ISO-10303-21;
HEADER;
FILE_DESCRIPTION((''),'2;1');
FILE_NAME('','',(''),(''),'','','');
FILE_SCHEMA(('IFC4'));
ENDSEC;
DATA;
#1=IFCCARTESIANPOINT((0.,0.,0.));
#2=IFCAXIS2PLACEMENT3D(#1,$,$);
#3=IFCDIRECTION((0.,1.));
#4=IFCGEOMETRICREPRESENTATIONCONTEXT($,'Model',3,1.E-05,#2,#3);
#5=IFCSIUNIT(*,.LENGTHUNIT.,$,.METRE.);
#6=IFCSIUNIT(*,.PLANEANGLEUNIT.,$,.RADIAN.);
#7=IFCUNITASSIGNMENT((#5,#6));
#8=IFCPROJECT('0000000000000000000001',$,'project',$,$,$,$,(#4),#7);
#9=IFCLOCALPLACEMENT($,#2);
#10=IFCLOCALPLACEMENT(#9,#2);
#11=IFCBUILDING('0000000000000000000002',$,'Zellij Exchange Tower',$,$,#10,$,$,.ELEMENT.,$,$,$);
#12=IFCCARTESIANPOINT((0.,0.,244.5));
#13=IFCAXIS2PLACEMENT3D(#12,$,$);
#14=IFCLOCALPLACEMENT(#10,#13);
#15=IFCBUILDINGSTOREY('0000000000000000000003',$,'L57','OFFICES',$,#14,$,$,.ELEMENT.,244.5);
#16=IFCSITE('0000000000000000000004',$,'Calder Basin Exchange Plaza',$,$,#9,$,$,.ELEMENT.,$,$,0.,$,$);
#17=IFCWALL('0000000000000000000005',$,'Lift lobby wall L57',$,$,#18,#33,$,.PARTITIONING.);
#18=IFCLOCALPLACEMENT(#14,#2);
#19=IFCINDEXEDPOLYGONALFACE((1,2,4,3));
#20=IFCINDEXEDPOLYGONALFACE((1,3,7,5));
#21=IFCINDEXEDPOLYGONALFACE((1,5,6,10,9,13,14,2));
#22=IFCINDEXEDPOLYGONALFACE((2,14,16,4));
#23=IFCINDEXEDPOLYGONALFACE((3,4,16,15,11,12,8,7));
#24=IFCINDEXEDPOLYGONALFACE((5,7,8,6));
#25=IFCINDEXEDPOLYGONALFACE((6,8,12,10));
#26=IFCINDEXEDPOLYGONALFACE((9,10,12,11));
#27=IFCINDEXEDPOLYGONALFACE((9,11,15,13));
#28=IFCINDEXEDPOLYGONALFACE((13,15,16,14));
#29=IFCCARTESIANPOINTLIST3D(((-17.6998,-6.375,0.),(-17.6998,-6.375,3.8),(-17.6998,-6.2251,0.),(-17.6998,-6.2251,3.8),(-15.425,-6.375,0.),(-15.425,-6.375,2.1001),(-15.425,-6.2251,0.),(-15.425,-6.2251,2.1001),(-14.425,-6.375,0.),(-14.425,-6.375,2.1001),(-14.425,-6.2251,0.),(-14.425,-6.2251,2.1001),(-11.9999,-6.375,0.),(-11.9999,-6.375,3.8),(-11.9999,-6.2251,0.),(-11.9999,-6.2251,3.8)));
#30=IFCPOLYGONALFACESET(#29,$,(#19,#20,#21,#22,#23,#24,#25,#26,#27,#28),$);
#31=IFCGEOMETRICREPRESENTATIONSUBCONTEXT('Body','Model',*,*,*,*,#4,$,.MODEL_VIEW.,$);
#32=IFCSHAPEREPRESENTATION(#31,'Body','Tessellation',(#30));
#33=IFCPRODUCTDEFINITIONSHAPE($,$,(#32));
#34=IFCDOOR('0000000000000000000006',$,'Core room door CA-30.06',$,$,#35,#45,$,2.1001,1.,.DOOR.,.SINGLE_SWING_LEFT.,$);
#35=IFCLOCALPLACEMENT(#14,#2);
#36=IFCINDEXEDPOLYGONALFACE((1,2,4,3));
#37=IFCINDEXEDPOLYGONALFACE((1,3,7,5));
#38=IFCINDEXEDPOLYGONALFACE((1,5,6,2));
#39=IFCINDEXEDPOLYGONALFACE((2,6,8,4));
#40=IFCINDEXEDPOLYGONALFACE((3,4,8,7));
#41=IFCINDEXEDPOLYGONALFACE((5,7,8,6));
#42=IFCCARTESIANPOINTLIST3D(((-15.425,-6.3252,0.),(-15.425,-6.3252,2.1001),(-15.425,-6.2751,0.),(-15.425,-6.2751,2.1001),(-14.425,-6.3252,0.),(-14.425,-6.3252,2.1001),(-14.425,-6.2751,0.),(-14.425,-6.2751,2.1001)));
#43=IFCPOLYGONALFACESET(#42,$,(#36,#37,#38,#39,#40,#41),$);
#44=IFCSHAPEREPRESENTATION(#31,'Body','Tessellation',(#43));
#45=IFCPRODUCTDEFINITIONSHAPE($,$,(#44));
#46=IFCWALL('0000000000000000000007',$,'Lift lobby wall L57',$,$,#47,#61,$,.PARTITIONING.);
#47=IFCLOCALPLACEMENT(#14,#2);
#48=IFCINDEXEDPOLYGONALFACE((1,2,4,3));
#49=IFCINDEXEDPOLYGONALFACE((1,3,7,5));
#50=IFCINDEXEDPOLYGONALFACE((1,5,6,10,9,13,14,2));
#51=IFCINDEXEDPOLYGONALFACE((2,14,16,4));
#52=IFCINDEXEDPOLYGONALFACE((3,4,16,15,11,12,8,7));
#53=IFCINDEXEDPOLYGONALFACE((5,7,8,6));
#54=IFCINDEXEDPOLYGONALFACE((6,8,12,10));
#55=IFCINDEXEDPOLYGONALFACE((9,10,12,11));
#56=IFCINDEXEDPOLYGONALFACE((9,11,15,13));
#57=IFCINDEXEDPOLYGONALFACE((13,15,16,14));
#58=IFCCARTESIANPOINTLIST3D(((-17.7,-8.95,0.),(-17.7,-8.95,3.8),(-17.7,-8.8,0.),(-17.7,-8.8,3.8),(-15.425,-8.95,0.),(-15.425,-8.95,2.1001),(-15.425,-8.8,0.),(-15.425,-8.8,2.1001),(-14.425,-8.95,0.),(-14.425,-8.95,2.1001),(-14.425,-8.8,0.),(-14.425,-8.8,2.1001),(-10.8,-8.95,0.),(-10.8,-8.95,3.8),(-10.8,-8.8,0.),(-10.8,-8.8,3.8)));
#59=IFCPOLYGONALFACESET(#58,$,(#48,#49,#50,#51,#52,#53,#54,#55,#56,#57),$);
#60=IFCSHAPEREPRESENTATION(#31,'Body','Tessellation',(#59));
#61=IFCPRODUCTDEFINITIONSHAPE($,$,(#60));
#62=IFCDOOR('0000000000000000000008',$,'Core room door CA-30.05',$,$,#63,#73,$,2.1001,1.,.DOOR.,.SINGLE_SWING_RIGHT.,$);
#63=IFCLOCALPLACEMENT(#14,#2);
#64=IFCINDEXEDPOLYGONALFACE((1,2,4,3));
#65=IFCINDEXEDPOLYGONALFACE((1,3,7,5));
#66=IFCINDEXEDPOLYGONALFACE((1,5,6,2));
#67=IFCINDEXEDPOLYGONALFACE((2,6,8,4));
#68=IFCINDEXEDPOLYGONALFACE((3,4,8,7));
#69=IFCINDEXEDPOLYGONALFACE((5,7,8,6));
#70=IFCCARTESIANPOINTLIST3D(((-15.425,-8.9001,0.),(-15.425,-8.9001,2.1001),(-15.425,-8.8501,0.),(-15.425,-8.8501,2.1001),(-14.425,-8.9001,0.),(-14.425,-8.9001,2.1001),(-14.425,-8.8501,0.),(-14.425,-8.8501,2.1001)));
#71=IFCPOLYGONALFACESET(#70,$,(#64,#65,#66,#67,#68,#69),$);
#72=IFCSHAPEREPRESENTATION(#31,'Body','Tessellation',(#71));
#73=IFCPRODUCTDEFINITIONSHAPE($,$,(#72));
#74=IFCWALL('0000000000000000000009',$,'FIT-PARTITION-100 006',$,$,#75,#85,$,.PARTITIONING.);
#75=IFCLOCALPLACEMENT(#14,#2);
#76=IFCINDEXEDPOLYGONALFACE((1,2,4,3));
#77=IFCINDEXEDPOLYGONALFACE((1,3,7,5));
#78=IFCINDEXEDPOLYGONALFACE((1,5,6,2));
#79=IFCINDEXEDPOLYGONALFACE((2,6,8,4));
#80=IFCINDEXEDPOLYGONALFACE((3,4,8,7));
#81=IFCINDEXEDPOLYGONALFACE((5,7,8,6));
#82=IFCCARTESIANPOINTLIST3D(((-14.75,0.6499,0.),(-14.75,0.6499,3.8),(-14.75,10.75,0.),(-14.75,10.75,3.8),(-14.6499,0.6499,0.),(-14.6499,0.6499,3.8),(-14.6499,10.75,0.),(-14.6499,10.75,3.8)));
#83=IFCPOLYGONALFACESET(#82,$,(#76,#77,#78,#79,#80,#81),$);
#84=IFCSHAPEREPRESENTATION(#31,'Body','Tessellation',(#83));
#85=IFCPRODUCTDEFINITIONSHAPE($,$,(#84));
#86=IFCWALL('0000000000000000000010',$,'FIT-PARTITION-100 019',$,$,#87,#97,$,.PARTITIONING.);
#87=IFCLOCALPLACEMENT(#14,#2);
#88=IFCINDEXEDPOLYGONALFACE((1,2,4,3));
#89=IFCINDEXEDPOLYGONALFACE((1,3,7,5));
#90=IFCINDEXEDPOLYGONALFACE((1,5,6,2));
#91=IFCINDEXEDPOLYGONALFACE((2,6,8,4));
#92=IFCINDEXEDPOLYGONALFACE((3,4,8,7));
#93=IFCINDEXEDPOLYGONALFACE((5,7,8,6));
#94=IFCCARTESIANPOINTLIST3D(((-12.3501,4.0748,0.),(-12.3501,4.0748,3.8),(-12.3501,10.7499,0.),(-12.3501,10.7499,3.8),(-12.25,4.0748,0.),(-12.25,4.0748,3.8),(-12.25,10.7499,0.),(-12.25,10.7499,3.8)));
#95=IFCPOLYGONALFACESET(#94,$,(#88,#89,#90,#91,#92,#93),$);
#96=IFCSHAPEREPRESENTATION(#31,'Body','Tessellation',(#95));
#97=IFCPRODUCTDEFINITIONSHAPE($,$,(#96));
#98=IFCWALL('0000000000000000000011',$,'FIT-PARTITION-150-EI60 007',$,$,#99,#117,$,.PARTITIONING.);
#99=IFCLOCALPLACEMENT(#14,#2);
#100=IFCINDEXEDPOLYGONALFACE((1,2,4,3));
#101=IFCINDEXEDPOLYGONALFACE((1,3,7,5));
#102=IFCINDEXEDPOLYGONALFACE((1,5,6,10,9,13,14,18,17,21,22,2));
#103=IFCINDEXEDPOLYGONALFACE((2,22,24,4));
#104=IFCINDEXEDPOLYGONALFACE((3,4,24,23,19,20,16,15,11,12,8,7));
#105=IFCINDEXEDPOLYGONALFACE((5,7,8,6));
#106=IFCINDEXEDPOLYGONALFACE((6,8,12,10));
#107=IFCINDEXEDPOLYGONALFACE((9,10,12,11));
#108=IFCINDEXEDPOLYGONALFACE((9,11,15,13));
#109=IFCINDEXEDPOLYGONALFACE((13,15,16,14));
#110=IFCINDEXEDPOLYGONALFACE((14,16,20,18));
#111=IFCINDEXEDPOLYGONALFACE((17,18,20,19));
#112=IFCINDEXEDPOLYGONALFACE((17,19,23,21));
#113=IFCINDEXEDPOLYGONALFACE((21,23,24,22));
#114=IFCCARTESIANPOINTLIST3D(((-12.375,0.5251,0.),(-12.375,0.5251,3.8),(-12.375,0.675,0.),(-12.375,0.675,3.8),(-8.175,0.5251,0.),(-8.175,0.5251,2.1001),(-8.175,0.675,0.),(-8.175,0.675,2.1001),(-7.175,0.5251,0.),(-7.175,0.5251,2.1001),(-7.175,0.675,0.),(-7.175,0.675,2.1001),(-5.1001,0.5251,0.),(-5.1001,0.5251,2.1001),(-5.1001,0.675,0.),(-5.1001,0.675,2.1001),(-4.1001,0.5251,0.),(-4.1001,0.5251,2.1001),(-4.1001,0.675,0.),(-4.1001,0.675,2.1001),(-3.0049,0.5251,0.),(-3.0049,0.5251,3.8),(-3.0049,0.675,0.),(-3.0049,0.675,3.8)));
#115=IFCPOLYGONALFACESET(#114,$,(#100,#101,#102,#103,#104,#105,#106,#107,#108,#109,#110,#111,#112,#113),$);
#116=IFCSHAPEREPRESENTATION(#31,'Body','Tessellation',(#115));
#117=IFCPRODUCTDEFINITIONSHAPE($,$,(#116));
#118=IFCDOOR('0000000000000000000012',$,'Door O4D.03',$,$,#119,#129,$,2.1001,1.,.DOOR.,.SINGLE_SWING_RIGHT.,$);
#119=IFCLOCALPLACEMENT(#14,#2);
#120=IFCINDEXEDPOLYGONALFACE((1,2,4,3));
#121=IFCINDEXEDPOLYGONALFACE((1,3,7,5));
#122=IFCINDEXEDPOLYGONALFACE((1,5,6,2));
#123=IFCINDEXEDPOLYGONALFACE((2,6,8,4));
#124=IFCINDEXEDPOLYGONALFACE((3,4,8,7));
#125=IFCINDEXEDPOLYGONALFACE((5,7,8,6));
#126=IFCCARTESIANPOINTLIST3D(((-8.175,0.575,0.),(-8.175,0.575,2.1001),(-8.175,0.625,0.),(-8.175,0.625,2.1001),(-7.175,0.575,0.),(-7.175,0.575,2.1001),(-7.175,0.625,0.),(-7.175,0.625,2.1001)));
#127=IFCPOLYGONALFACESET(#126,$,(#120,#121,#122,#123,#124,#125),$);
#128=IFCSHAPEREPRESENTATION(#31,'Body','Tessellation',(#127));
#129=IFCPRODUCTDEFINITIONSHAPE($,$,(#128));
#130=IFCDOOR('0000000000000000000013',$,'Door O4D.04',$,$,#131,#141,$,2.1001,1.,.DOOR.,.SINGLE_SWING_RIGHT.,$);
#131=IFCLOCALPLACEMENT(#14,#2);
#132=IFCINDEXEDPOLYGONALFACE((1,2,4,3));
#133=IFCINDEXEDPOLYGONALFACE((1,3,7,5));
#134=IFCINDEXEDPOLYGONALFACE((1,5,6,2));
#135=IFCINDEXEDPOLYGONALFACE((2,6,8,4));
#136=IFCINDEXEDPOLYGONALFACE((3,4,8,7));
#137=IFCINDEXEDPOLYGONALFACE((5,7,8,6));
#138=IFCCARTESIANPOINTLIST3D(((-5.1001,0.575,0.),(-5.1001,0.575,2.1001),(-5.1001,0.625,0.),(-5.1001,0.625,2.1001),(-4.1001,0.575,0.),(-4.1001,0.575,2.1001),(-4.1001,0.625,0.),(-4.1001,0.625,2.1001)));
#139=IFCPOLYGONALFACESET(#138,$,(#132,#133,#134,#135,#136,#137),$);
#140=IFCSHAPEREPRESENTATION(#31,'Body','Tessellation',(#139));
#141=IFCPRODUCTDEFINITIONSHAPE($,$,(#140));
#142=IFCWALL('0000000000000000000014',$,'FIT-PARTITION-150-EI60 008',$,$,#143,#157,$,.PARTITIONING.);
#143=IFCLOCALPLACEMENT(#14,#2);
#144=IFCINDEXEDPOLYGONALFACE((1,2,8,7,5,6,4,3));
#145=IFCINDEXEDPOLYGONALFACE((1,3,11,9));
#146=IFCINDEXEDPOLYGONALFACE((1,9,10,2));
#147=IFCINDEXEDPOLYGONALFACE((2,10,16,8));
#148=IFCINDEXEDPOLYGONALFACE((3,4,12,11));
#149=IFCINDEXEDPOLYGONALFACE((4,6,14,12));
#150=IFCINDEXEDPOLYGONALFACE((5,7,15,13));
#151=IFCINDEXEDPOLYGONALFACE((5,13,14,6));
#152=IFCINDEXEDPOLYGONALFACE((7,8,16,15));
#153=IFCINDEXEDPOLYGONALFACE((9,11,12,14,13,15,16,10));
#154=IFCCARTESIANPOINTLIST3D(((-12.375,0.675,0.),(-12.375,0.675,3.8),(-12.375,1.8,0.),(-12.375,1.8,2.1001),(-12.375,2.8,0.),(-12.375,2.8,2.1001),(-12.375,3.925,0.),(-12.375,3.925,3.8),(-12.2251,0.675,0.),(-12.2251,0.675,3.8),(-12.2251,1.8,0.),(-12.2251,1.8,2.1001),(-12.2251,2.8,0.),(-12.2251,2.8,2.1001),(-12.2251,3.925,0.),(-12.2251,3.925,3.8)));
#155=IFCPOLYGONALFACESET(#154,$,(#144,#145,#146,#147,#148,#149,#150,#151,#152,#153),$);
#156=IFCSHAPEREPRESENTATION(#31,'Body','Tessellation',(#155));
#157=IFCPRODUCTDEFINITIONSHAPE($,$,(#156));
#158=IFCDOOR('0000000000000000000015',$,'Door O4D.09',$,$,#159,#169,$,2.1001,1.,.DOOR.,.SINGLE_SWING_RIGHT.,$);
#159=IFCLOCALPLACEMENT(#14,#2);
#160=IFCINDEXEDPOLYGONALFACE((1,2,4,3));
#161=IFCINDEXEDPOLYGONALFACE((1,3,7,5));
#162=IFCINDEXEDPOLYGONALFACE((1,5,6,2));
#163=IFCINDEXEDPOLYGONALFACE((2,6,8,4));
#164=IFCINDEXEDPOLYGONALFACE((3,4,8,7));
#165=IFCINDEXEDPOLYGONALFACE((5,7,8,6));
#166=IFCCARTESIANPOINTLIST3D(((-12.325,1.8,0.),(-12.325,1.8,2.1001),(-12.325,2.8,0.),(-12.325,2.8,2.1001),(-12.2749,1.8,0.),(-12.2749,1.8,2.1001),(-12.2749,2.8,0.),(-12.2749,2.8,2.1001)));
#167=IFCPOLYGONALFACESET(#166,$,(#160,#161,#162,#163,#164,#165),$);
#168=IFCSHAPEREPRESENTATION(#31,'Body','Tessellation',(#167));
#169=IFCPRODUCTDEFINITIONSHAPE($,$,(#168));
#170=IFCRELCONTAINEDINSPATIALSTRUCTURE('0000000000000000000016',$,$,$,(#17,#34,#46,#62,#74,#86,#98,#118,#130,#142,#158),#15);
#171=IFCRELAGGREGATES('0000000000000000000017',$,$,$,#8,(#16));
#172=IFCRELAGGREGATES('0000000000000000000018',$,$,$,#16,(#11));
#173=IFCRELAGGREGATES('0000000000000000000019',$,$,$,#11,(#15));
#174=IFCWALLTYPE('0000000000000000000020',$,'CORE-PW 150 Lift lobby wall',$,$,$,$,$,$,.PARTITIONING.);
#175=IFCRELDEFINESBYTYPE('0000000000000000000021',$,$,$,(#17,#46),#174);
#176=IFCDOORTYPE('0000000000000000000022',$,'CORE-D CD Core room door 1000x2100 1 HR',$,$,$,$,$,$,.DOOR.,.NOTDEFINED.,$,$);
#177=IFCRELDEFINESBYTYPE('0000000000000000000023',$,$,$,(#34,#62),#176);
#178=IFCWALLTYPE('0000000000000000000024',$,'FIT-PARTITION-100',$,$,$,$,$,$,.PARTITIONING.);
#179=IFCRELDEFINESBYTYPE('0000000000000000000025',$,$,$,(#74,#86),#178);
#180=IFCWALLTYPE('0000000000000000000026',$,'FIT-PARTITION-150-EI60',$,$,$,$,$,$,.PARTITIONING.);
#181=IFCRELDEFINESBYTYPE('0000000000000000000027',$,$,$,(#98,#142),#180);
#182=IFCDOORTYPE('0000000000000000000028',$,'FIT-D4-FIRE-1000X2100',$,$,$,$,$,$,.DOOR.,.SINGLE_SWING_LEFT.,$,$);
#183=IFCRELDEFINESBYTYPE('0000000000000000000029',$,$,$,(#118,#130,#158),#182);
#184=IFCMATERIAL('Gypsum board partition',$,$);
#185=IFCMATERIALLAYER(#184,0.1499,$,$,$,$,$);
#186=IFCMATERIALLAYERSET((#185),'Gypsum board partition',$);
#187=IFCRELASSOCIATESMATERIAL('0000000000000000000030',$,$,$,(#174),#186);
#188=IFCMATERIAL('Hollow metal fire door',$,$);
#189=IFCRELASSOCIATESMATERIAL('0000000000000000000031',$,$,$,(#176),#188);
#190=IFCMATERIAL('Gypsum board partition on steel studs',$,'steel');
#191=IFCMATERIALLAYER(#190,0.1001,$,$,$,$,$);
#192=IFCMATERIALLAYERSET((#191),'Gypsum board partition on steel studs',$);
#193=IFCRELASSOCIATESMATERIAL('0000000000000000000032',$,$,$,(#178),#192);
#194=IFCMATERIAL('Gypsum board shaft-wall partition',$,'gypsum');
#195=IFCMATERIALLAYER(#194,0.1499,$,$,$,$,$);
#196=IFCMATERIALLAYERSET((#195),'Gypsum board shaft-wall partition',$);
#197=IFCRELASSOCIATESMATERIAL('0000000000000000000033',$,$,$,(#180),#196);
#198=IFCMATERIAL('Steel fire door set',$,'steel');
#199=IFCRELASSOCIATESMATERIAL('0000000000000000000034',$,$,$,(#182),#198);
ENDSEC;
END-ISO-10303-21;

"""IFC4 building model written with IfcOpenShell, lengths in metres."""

from ifc_helpers import new_model, si_unit, direction, frame, frame_2d, origin, place, context, subcontext, project, spatial, rectangle, extrude, material, layer, layer_set, type_object, element, fill, save


model = new_model("IFC4")

# Units and contexts
model_context = context("Model", 3, precision=1e-05, world=origin(), true_north=direction((0.0, 1.0)))
body_context = subcontext(model_context, "Body", "Model", "MODEL_VIEW")
ifc_project = project(units=[si_unit("LENGTHUNIT", "METRE"), si_unit("PLANEANGLEUNIT", "RADIAN")], contexts=[model_context])

# Site, building, storey
site_placement = place(None, origin())
site = spatial("IfcSite", under=ifc_project, at=site_placement, Name="Calder Basin Exchange Plaza", CompositionType="ELEMENT", RefElevation=0.0)
building_placement = place(site_placement, origin())
building = spatial("IfcBuilding", under=site, at=building_placement, Name="Zellij Exchange Tower", CompositionType="ELEMENT")
storey_placement = place(building_placement, frame((0.0, 0.0, 244.5)))
storey = spatial("IfcBuildingStorey", under=building, at=storey_placement, Name="L57", Description="OFFICES", CompositionType="ELEMENT", Elevation=244.5)

# Shared definitions
ifc_material_1 = material(Name="Gypsum board partition")
ifc_layer_1 = layer(ifc_material_1, 0.1499)
ifc_layer_set_1 = layer_set([ifc_layer_1], Name="Gypsum board partition")
wall_type_1 = type_object("IfcWallType", Name="CORE-PW 150 Lift lobby wall", PredefinedType="PARTITIONING", material=ifc_layer_set_1)

# Shared definitions
ifc_material_2 = material(Name="Hollow metal fire door")

# Walls, openings, doors
wall_1_placement = place(storey_placement, frame((-17.7, -6.3, 0.0), z_axis=(0.0, 0.0, 1.0), x_axis=(1.0, 0.0, 0.0)))
wall_1 = element("IfcWall", 1, at=wall_1_placement, inside=storey, type_object=wall_type_1, Name="Lift lobby wall L57", PredefinedType="PARTITIONING", context=body_context, shape_type="SweptSolid", body=[
    extrude(rectangle(XDim=5.7, YDim=0.1499, at=frame_2d((2.8501, 0.0))), origin(), (0.0, 0.0, 1.0), 3.8),
])
opening_1_placement = place(wall_1_placement, frame((2.2749, 0.0, 0.0)))
opening_1 = element("IfcOpeningElement", 2, at=opening_1_placement, cuts=wall_1, PredefinedType="OPENING", context=body_context, shape_type="SweptSolid", body=[
    extrude(rectangle(XDim=1.0, YDim=2.1001, at=frame_2d((0.5, 1.05))), frame((0.0, 0.0869, 0.0), z_axis=(0.0, -1.0, 0.0), x_axis=(1.0, 0.0, 0.0)), (0.0, 0.0, 1.0), 0.1738),
])
door_type_1 = type_object("IfcDoorType", Name="CORE-D CD Core room door 1000x2100 1 HR", OperationType="NOTDEFINED", PredefinedType="DOOR", material=ifc_material_2)
door_1_placement = place(opening_1_placement, origin())
door_1 = element("IfcDoor", 3, at=door_1_placement, inside=storey, type_object=door_type_1, Name="Core room door CA-30.06", OperationType="SINGLE_SWING_LEFT", OverallHeight=2.1001, OverallWidth=1.0, PredefinedType="DOOR", context=body_context, shape_type="SweptSolid", body=[
    extrude(rectangle(XDim=1.0, YDim=2.1001, at=frame_2d((0.5, 1.05))), frame((0.0, 0.0249, 0.0), z_axis=(0.0, -1.0, 0.0), x_axis=(1.0, 0.0, 0.0)), (0.0, 0.0, 1.0), 0.05),
])
fill(opening_1, door_1)
wall_2_placement = place(storey_placement, frame((-17.7, -8.875, 0.0), z_axis=(0.0, 0.0, 1.0), x_axis=(1.0, 0.0, 0.0)))
wall_2 = element("IfcWall", 4, at=wall_2_placement, inside=storey, type_object=wall_type_1, Name="Lift lobby wall L57", PredefinedType="PARTITIONING", context=body_context, shape_type="SweptSolid", body=[
    extrude(rectangle(XDim=6.8999, YDim=0.1499, at=frame_2d((3.45, 0.0))), origin(), (0.0, 0.0, 1.0), 3.8),
])
opening_2_placement = place(wall_2_placement, frame((2.2749, 0.0, 0.0)))
opening_2 = element("IfcOpeningElement", 5, at=opening_2_placement, cuts=wall_2, PredefinedType="OPENING", context=body_context, shape_type="SweptSolid", body=[
    extrude(rectangle(XDim=1.0, YDim=2.1001, at=frame_2d((0.5, 1.05))), frame((0.0, 0.0869, 0.0), z_axis=(0.0, -1.0, 0.0), x_axis=(1.0, 0.0, 0.0)), (0.0, 0.0, 1.0), 0.1738),
])
door_2_placement = place(opening_2_placement, origin())
door_2 = element("IfcDoor", 6, at=door_2_placement, inside=storey, type_object=door_type_1, Name="Core room door CA-30.05", OperationType="SINGLE_SWING_RIGHT", OverallHeight=2.1001, OverallWidth=1.0, PredefinedType="DOOR", context=body_context, shape_type="SweptSolid", body=[
    extrude(rectangle(XDim=1.0, YDim=2.1001, at=frame_2d((0.5, 1.05))), frame((0.0, 0.0249, 0.0), z_axis=(0.0, -1.0, 0.0), x_axis=(1.0, 0.0, 0.0)), (0.0, 0.0, 1.0), 0.05),
])
fill(opening_2, door_2)

# Walls
ifc_material_3 = material(Name="Gypsum board partition on steel studs", Category="steel")
ifc_layer_2 = layer(ifc_material_3, 0.1001)
ifc_layer_set_2 = layer_set([ifc_layer_2], Name="Gypsum board partition on steel studs")
wall_type_2 = type_object("IfcWallType", Name="FIT-PARTITION-100", PredefinedType="PARTITIONING", material=ifc_layer_set_2)
wall_3_placement = place(storey_placement, frame((-14.7, 0.6499, 0.0), z_axis=(0.0, 0.0, 1.0), x_axis=(0.0, 1.0, 0.0)))
element("IfcWall", 7, at=wall_3_placement, inside=storey, type_object=wall_type_2, Name="FIT-PARTITION-100 006", PredefinedType="PARTITIONING", context=body_context, shape_type="SweptSolid", body=[
    extrude(rectangle(XDim=10.1001, YDim=0.1001, at=frame_2d((5.05, 0.0))), origin(), (0.0, 0.0, 1.0), 3.8),
])
wall_4_placement = place(storey_placement, frame((-12.3, 4.075, 0.0), z_axis=(0.0, 0.0, 1.0), x_axis=(0.0, 1.0, 0.0)))
element("IfcWall", 8, at=wall_4_placement, inside=storey, type_object=wall_type_2, Name="FIT-PARTITION-100 019", PredefinedType="PARTITIONING", context=body_context, shape_type="SweptSolid", body=[
    extrude(rectangle(XDim=6.675, YDim=0.1001, at=frame_2d((3.3374, 0.0))), origin(), (0.0, 0.0, 1.0), 3.8),
])

# Wall, openings, doors
ifc_material_4 = material(Name="Gypsum board shaft-wall partition", Category="gypsum")
ifc_layer_3 = layer(ifc_material_4, 0.1499)
ifc_layer_set_3 = layer_set([ifc_layer_3], Name="Gypsum board shaft-wall partition")
wall_type_3 = type_object("IfcWallType", Name="FIT-PARTITION-150-EI60", PredefinedType="PARTITIONING", material=ifc_layer_set_3)
wall_5_placement = place(storey_placement, frame((-12.375, 0.6001, 0.0), z_axis=(0.0, 0.0, 1.0), x_axis=(1.0, 0.0, 0.0)))
wall_5 = element("IfcWall", 9, at=wall_5_placement, inside=storey, type_object=wall_type_3, Name="FIT-PARTITION-150-EI60 007", PredefinedType="PARTITIONING", context=body_context, shape_type="SweptSolid", body=[
    extrude(rectangle(XDim=9.3701, YDim=0.1499, at=frame_2d((4.6851, 0.0))), origin(), (0.0, 0.0, 1.0), 3.8),
])
opening_3_placement = place(wall_5_placement, frame((4.2, 0.0, 0.0)))
opening_3 = element("IfcOpeningElement", 10, at=opening_3_placement, cuts=wall_5, PredefinedType="OPENING", context=body_context, shape_type="SweptSolid", body=[
    extrude(rectangle(XDim=1.0, YDim=2.1001, at=frame_2d((0.5, 1.05))), frame((0.0, 0.0869, 0.0), z_axis=(0.0, -1.0, 0.0), x_axis=(1.0, 0.0, 0.0)), (0.0, 0.0, 1.0), 0.1738),
])
opening_4_placement = place(wall_5_placement, frame((7.2749, 0.0, 0.0)))
opening_4 = element("IfcOpeningElement", 11, at=opening_4_placement, cuts=wall_5, PredefinedType="OPENING", context=body_context, shape_type="SweptSolid", body=[
    extrude(rectangle(XDim=1.0, YDim=2.1001, at=frame_2d((0.5, 1.05))), frame((0.0, 0.0869, 0.0), z_axis=(0.0, -1.0, 0.0), x_axis=(1.0, 0.0, 0.0)), (0.0, 0.0, 1.0), 0.1738),
])
ifc_material_5 = material(Name="Steel fire door set", Category="steel")
door_type_2 = type_object("IfcDoorType", Name="FIT-D4-FIRE-1000X2100", OperationType="SINGLE_SWING_LEFT", PredefinedType="DOOR", material=ifc_material_5)
door_3_placement = place(opening_3_placement, origin())
door_3 = element("IfcDoor", 12, at=door_3_placement, inside=storey, type_object=door_type_2, Name="Door O4D.03", OperationType="SINGLE_SWING_RIGHT", OverallHeight=2.1001, OverallWidth=1.0, PredefinedType="DOOR", context=body_context, shape_type="SweptSolid", body=[
    extrude(rectangle(XDim=1.0, YDim=2.1001, at=frame_2d((0.5, 1.05))), frame((0.0, 0.0249, 0.0), z_axis=(0.0, -1.0, 0.0), x_axis=(1.0, 0.0, 0.0)), (0.0, 0.0, 1.0), 0.05),
])
fill(opening_3, door_3)
door_4_placement = place(opening_4_placement, origin())
door_4 = element("IfcDoor", 13, at=door_4_placement, inside=storey, type_object=door_type_2, Name="Door O4D.04", OperationType="SINGLE_SWING_RIGHT", OverallHeight=2.1001, OverallWidth=1.0, PredefinedType="DOOR", context=body_context, shape_type="SweptSolid", body=[
    extrude(rectangle(XDim=1.0, YDim=2.1001, at=frame_2d((0.5, 1.05))), frame((0.0, 0.0249, 0.0), z_axis=(0.0, -1.0, 0.0), x_axis=(1.0, 0.0, 0.0)), (0.0, 0.0, 1.0), 0.05),
])
fill(opening_4, door_4)

# Wall, opening, door
wall_6_placement = place(storey_placement, frame((-12.3, 0.675, 0.0), z_axis=(0.0, 0.0, 1.0), x_axis=(0.0, 1.0, 0.0)))
wall_6 = element("IfcWall", 14, at=wall_6_placement, inside=storey, type_object=wall_type_3, Name="FIT-PARTITION-150-EI60 008", PredefinedType="PARTITIONING", context=body_context, shape_type="SweptSolid", body=[
    extrude(rectangle(XDim=3.25, YDim=0.1499, at=frame_2d((1.625, 0.0))), origin(), (0.0, 0.0, 1.0), 3.8),
])
opening_5_placement = place(wall_6_placement, frame((1.125, 0.0, 0.0)))
opening_5 = element("IfcOpeningElement", 15, at=opening_5_placement, cuts=wall_6, PredefinedType="OPENING", context=body_context, shape_type="SweptSolid", body=[
    extrude(rectangle(XDim=1.0, YDim=2.1001, at=frame_2d((0.5, 1.05))), frame((0.0, 0.0869, 0.0), z_axis=(0.0, -1.0, 0.0), x_axis=(1.0, 0.0, 0.0)), (0.0, 0.0, 1.0), 0.1738),
])
door_5_placement = place(opening_5_placement, origin())
door_5 = element("IfcDoor", 16, at=door_5_placement, inside=storey, type_object=door_type_2, Name="Door O4D.09", OperationType="SINGLE_SWING_RIGHT", OverallHeight=2.1001, OverallWidth=1.0, PredefinedType="DOOR", context=body_context, shape_type="SweptSolid", body=[
    extrude(rectangle(XDim=1.0, YDim=2.1001, at=frame_2d((0.5, 1.05))), frame((0.0, 0.0249, 0.0), z_axis=(0.0, -1.0, 0.0), x_axis=(1.0, 0.0, 0.0)), (0.0, 0.0, 1.0), 0.05),
])
fill(opening_5, door_5)

save(model, "model.ifc")
